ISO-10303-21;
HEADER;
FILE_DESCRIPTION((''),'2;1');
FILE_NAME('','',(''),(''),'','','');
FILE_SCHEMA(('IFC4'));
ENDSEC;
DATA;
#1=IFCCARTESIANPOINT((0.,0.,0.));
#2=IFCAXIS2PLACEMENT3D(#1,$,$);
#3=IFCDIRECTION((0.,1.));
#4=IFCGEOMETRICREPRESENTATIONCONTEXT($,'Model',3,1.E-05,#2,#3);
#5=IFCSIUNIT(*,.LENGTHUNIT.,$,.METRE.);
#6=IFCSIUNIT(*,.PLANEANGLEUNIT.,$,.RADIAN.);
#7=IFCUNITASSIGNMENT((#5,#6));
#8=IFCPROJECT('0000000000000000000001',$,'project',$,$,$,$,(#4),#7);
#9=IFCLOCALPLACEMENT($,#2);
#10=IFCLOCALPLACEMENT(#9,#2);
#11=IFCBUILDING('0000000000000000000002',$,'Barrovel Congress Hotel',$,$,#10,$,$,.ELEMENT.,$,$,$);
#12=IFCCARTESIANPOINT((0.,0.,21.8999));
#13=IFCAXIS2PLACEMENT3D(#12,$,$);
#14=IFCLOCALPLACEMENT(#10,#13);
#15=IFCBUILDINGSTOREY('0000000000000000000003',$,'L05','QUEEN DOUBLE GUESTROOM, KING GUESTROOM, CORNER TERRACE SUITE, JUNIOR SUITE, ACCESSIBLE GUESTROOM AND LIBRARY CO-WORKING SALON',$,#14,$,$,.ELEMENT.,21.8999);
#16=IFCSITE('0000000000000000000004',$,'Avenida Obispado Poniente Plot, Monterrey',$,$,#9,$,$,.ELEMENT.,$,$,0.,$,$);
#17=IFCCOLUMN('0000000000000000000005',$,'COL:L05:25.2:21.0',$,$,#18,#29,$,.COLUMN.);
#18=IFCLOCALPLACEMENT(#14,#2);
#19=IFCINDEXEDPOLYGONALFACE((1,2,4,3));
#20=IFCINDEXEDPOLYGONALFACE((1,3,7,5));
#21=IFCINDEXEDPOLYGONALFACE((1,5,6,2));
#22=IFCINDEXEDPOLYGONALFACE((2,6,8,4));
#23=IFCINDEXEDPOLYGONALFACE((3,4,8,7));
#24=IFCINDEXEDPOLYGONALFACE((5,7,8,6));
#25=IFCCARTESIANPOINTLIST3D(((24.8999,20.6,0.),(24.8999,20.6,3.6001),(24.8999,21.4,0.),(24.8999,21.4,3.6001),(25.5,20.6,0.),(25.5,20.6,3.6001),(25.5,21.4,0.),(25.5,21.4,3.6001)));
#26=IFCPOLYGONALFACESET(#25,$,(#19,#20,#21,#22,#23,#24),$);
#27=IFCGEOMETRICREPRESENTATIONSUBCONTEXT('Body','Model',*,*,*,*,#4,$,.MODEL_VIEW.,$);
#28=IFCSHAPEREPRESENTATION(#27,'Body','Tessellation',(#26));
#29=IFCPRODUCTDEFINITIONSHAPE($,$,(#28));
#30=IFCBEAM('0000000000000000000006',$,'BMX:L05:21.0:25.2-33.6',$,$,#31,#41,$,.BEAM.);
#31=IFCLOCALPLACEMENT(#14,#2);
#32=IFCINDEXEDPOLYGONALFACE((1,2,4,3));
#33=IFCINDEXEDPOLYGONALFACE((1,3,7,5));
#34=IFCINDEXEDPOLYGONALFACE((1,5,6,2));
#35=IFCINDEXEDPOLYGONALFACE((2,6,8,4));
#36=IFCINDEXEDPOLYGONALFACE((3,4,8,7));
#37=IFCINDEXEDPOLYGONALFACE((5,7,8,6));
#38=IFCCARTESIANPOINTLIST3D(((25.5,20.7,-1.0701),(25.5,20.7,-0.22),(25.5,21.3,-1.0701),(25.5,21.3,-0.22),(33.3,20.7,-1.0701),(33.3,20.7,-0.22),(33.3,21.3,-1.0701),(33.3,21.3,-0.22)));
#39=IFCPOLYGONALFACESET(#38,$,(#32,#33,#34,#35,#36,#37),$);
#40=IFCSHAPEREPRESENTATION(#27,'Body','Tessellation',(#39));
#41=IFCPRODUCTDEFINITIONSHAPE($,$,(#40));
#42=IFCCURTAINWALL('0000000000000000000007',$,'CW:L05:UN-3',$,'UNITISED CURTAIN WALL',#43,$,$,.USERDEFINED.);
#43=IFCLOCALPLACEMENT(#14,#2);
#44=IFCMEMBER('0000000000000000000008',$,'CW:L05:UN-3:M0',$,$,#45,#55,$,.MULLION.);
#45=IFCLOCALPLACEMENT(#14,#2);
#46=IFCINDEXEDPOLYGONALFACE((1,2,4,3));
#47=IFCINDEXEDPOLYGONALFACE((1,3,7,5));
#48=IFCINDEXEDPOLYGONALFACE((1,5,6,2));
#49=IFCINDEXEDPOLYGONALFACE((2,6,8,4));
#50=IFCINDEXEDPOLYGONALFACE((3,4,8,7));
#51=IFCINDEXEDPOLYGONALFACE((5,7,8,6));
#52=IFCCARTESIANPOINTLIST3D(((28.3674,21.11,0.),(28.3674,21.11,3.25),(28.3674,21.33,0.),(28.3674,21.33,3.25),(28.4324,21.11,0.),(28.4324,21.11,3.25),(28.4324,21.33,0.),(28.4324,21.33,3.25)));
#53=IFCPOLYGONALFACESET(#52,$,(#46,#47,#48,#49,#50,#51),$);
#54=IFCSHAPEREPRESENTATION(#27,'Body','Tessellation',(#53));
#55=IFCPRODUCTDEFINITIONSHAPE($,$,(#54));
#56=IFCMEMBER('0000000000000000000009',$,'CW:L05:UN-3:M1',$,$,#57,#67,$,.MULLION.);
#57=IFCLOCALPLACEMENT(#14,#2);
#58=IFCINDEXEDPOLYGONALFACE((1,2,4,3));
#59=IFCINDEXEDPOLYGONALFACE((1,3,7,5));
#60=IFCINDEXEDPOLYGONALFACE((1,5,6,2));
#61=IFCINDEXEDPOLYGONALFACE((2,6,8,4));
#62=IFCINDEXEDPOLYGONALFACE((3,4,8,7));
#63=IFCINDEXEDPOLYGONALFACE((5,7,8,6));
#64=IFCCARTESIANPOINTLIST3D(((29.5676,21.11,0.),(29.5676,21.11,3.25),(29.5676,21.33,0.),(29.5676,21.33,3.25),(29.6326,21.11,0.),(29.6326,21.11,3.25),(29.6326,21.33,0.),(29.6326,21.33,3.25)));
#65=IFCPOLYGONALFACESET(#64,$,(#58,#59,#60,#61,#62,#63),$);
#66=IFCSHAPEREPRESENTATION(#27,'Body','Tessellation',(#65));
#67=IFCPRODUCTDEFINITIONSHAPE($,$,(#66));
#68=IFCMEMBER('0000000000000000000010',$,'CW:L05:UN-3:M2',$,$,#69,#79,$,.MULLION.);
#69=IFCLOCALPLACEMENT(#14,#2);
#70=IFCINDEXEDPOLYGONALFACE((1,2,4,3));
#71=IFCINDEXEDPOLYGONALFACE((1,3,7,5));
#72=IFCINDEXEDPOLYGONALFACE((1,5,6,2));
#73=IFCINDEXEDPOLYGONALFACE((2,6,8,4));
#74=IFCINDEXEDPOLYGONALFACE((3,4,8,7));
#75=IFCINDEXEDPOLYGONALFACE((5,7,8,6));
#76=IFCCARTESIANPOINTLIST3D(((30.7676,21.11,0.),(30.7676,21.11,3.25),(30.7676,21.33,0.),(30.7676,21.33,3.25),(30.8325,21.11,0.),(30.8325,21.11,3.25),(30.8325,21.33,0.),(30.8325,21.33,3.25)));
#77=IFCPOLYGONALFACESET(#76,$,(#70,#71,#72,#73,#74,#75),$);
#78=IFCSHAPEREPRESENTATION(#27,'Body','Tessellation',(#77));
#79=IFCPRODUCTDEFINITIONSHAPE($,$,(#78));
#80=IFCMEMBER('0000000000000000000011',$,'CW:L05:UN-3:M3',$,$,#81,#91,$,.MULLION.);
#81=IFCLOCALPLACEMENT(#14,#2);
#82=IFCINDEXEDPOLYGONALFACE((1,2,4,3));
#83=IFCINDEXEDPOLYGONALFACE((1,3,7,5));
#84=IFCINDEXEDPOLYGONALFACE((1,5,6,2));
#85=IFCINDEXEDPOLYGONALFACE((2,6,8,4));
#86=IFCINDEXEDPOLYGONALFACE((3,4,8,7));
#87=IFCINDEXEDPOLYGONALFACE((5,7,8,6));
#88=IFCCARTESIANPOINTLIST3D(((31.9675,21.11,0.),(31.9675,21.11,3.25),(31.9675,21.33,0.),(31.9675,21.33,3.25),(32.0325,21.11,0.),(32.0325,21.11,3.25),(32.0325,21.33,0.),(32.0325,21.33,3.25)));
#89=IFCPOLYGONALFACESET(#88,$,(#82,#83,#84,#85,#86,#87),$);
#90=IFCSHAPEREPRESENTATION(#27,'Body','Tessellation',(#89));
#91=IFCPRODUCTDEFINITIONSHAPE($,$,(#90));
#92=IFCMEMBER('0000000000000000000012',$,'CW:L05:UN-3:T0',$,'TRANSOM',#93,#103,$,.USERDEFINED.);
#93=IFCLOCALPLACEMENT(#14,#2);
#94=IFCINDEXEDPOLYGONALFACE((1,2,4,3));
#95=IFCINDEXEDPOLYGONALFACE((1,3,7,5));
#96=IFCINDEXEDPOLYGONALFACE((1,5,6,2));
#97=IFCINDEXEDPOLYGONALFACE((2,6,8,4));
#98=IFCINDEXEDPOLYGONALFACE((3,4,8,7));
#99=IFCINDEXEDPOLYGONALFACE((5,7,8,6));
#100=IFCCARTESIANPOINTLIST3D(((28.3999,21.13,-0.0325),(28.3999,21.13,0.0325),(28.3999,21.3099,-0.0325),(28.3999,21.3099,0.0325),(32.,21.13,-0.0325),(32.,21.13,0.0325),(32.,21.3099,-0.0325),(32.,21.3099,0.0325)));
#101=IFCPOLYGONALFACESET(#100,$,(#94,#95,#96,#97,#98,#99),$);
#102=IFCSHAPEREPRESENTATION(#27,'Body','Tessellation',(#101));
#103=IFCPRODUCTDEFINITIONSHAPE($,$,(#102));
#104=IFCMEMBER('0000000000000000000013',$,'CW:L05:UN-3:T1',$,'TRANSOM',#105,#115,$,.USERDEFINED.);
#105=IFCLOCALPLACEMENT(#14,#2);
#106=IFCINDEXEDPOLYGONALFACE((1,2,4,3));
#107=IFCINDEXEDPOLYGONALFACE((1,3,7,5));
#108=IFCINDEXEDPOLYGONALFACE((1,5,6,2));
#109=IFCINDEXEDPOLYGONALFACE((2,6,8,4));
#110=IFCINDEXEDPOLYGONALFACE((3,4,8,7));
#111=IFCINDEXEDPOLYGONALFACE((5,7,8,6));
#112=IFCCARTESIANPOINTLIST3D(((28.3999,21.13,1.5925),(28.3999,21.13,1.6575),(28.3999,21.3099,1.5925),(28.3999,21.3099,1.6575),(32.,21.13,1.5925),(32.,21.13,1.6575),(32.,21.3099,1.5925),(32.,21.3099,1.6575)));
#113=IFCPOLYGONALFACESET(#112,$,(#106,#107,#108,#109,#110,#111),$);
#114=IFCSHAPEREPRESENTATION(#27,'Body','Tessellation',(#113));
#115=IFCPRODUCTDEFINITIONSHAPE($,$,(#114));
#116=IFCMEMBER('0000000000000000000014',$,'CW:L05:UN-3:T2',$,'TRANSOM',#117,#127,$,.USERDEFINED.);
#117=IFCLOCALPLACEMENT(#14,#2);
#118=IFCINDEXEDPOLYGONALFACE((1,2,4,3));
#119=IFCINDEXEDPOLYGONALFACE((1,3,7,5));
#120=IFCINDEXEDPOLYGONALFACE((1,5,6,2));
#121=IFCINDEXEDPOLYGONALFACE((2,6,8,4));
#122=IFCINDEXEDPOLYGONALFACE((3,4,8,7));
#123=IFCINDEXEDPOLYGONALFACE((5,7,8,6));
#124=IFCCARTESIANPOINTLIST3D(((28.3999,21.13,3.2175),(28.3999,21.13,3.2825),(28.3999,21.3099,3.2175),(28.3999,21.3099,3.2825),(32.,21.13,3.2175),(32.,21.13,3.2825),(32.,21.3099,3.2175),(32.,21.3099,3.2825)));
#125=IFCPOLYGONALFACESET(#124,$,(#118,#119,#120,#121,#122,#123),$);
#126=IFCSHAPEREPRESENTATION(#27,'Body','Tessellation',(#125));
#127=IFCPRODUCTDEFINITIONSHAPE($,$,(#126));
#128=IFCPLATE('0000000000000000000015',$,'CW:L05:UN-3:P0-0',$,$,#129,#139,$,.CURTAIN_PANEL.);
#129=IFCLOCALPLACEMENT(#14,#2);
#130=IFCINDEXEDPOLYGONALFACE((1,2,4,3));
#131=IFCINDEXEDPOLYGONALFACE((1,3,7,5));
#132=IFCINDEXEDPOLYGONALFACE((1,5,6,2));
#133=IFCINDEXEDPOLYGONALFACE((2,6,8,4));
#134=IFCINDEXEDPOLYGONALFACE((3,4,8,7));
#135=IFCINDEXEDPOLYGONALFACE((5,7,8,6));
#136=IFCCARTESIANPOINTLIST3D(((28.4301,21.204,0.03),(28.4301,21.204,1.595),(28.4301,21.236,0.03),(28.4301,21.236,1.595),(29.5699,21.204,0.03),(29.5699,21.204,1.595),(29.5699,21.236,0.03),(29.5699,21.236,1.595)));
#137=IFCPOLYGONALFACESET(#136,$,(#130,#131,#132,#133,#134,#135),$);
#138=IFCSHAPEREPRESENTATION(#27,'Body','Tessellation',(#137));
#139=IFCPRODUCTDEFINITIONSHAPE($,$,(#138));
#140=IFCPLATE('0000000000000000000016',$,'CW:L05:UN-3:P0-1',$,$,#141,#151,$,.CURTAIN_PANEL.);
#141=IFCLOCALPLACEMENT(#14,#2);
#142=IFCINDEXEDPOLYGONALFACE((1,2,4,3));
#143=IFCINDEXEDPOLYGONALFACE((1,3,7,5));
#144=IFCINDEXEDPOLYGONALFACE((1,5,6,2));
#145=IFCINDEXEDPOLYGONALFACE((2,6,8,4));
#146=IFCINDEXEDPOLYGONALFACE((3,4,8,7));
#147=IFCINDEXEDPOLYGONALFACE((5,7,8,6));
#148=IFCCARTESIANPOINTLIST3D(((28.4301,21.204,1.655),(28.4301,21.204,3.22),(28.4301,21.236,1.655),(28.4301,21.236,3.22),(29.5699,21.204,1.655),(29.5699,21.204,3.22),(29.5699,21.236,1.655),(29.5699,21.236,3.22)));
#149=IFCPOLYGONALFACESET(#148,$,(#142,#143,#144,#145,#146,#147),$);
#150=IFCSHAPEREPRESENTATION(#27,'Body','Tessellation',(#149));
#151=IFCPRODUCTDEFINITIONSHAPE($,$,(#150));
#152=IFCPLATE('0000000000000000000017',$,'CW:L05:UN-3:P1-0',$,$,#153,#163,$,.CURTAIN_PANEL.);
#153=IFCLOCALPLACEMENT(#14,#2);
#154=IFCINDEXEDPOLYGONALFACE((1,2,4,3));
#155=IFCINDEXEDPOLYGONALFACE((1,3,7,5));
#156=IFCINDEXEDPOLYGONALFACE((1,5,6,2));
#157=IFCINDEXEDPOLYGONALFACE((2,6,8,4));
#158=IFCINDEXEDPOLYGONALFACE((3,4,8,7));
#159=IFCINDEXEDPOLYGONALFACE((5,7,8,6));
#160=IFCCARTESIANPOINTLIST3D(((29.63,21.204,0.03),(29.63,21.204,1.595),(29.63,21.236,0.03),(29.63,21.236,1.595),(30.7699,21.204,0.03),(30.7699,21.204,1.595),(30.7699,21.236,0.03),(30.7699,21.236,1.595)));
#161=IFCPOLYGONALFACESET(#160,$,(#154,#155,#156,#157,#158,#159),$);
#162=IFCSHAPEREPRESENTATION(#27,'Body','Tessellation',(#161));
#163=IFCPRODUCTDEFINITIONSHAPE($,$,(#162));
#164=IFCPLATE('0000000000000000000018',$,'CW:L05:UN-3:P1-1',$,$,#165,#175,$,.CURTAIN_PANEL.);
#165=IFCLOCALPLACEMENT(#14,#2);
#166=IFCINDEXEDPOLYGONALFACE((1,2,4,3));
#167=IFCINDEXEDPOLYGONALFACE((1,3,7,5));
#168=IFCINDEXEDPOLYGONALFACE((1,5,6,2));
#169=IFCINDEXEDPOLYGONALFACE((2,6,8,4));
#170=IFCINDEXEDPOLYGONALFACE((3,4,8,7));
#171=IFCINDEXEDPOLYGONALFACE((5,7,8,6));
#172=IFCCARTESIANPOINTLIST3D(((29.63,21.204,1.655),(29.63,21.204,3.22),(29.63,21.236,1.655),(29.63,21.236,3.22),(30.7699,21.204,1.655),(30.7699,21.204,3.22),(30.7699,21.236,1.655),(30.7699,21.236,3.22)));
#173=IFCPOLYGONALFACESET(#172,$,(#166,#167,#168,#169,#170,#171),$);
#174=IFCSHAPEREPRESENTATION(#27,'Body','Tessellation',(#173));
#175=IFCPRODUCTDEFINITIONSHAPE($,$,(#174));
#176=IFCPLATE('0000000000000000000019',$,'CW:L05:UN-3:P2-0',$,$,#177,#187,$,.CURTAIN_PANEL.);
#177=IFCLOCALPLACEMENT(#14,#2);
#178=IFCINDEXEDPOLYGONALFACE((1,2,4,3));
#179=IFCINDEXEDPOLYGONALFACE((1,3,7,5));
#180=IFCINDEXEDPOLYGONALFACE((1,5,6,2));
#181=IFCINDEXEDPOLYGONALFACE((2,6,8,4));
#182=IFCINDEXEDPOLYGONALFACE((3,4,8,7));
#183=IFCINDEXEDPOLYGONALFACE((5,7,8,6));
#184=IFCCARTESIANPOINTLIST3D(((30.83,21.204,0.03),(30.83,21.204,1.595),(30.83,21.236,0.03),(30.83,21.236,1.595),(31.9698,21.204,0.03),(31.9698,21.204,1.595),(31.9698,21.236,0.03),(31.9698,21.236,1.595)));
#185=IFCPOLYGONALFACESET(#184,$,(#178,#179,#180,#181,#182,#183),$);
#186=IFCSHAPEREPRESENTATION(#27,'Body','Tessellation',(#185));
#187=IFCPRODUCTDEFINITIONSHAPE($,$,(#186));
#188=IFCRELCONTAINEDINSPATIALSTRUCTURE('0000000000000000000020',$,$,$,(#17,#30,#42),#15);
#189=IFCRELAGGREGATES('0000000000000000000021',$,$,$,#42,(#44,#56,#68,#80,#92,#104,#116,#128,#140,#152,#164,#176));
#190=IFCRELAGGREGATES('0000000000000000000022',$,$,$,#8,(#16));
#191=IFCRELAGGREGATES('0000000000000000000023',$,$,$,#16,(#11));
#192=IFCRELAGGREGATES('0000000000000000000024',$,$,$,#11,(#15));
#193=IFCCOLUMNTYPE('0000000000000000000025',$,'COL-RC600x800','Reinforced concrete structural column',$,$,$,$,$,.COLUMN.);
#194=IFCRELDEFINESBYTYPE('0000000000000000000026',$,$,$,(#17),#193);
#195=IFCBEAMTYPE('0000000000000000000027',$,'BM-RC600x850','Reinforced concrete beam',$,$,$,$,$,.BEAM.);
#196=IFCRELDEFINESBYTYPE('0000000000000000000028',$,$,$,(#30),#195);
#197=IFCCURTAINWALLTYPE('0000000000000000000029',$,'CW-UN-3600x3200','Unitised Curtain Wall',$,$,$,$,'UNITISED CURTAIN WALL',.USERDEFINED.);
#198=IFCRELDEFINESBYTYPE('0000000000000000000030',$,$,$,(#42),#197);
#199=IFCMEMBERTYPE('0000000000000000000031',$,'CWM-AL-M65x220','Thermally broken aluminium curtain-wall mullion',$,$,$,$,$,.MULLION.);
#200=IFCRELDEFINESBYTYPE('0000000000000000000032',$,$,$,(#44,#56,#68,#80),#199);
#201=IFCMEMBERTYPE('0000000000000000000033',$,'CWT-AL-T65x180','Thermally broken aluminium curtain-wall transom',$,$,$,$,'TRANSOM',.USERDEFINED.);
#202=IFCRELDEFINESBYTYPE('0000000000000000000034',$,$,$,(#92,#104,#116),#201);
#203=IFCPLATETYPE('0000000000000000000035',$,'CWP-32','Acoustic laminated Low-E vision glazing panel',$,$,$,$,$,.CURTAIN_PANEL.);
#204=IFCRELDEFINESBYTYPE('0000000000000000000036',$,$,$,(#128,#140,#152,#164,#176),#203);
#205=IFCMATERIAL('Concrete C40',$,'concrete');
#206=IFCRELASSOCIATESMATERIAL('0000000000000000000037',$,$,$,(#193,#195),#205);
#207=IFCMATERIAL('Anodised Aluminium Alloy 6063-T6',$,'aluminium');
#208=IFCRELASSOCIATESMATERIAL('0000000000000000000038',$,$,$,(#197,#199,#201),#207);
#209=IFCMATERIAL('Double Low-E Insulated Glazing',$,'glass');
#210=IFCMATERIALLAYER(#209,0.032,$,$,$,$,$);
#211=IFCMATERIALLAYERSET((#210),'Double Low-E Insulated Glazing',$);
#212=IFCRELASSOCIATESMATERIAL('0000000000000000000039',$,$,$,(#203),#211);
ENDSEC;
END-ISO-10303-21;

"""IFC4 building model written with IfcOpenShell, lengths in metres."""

from ifc_helpers import new_model, si_unit, direction, frame, origin, origin_2d, place, context, subcontext, project, spatial, rectangle, extrude, material, layer, layer_set, material_profile, profile_set, type_object, element, aggregate, save


model = new_model("IFC4")

# Units and contexts
model_context = context("Model", 3, precision=1e-05, world=origin(), true_north=direction((0.0, 1.0)))
body_context = subcontext(model_context, "Body", "Model", "MODEL_VIEW")
ifc_project = project(units=[si_unit("LENGTHUNIT", "METRE"), si_unit("PLANEANGLEUNIT", "RADIAN")], contexts=[model_context])

# Site, building, storey
site_placement = place(None, origin())
site = spatial("IfcSite", under=ifc_project, at=site_placement, Name="Avenida Obispado Poniente Plot, Monterrey", CompositionType="ELEMENT", RefElevation=0.0)
building_placement = place(site_placement, origin())
building = spatial("IfcBuilding", under=site, at=building_placement, Name="Barrovel Congress Hotel", CompositionType="ELEMENT")
storey_placement = place(building_placement, frame((0.0, 0.0, 21.8999)))
storey = spatial("IfcBuildingStorey", under=building, at=storey_placement, Name="L05", Description="QUEEN DOUBLE GUESTROOM, KING GUESTROOM, CORNER TERRACE SUITE, JUNIOR SUITE, ACCESSIBLE GUESTROOM AND LIBRARY CO-WORKING SALON", CompositionType="ELEMENT", Elevation=21.8999)

# Column
ifc_material_1 = material(Name="Concrete C40", Category="concrete")
ifc_material_profile_1 = material_profile(ifc_material_1, rectangle(XDim=0.6001, YDim=0.8, at=origin_2d()), Name="RC600x800")
ifc_profile_set_1 = profile_set([ifc_material_profile_1], Name="Concrete C40")
column_type = type_object("IfcColumnType", Name="COL-RC600x800", Description="Reinforced concrete structural column", PredefinedType="COLUMN", material=ifc_profile_set_1)
column_placement = place(storey_placement, frame((25.2, 21.0, 0.0), z_axis=(0.0, 0.0, 1.0), x_axis=(1.0, 0.0, 0.0)))
element("IfcColumn", 1, at=column_placement, inside=storey, type_object=column_type, Name="COL:L05:25.2:21.0", PredefinedType="COLUMN", context=body_context, shape_type="SweptSolid", body=[
    extrude(rectangle(XDim=0.6001, YDim=0.8, at=origin_2d()), origin(), (0.0, 0.0, 1.0), 3.6001),
])

# Beam
ifc_material_profile_2 = material_profile(ifc_material_1, rectangle(XDim=0.6001, YDim=0.8501, at=origin_2d()), Name="RC600x850")
ifc_profile_set_2 = profile_set([ifc_material_profile_2], Name="Concrete C40")
beam_type = type_object("IfcBeamType", Name="BM-RC600x850", Description="Reinforced concrete beam", PredefinedType="BEAM", material=ifc_profile_set_2)
beam_placement = place(storey_placement, frame((25.5, 21.0, -0.645), z_axis=(1.0, 0.0, 0.0), x_axis=(0.0, 1.0, 0.0)))
element("IfcBeam", 2, at=beam_placement, inside=storey, type_object=beam_type, Name="BMX:L05:21.0:25.2-33.6", PredefinedType="BEAM", context=body_context, shape_type="SweptSolid", body=[
    extrude(rectangle(XDim=0.6001, YDim=0.8501, at=origin_2d()), origin(), (0.0, 0.0, 1.0), 7.8),
])

# Curtain wall, members, plates
ifc_material_2 = material(Name="Anodised Aluminium Alloy 6063-T6", Category="aluminium")
curtain_wall_type = type_object("IfcCurtainWallType", Name="CW-UN-3600x3200", Description="Unitised Curtain Wall", ElementType="UNITISED CURTAIN WALL", PredefinedType="USERDEFINED", material=ifc_material_2)
curtain_wall_placement = place(storey_placement, origin())
curtain_wall = element("IfcCurtainWall", 3, at=curtain_wall_placement, inside=storey, type_object=curtain_wall_type, Name="CW:L05:UN-3", ObjectType="UNITISED CURTAIN WALL", PredefinedType="USERDEFINED")
ifc_material_profile_3 = material_profile(ifc_material_2, rectangle(XDim=0.0649, YDim=0.22, at=origin_2d()), Name="AL-M65x220")
ifc_profile_set_3 = profile_set([ifc_material_profile_3], Name="Anodised Aluminium Alloy 6063-T6")
member_type_1 = type_object("IfcMemberType", Name="CWM-AL-M65x220", Description="Thermally broken aluminium curtain-wall mullion", PredefinedType="MULLION", material=ifc_profile_set_3)
member_1_placement = place(storey_placement, frame((28.3999, 21.22, 0.0), z_axis=(0.0, 0.0, 1.0), x_axis=(1.0, 0.0, 0.0)))
member_1 = element("IfcMember", 4, at=member_1_placement, type_object=member_type_1, Name="CW:L05:UN-3:M0", PredefinedType="MULLION", context=body_context, shape_type="SweptSolid", body=[
    extrude(rectangle(XDim=0.0649, YDim=0.22, at=origin_2d()), origin(), (0.0, 0.0, 1.0), 3.25),
])
member_2_placement = place(storey_placement, frame((29.6001, 21.22, 0.0), z_axis=(0.0, 0.0, 1.0), x_axis=(1.0, 0.0, 0.0)))
member_2 = element("IfcMember", 5, at=member_2_placement, type_object=member_type_1, Name="CW:L05:UN-3:M1", PredefinedType="MULLION", context=body_context, shape_type="SweptSolid", body=[
    extrude(rectangle(XDim=0.0649, YDim=0.22, at=origin_2d()), origin(), (0.0, 0.0, 1.0), 3.25),
])
member_3_placement = place(storey_placement, frame((30.8, 21.22, 0.0), z_axis=(0.0, 0.0, 1.0), x_axis=(1.0, 0.0, 0.0)))
member_3 = element("IfcMember", 6, at=member_3_placement, type_object=member_type_1, Name="CW:L05:UN-3:M2", PredefinedType="MULLION", context=body_context, shape_type="SweptSolid", body=[
    extrude(rectangle(XDim=0.0649, YDim=0.22, at=origin_2d()), origin(), (0.0, 0.0, 1.0), 3.25),
])
member_4_placement = place(storey_placement, frame((32.0, 21.22, 0.0), z_axis=(0.0, 0.0, 1.0), x_axis=(1.0, 0.0, 0.0)))
member_4 = element("IfcMember", 7, at=member_4_placement, type_object=member_type_1, Name="CW:L05:UN-3:M3", PredefinedType="MULLION", context=body_context, shape_type="SweptSolid", body=[
    extrude(rectangle(XDim=0.0649, YDim=0.22, at=origin_2d()), origin(), (0.0, 0.0, 1.0), 3.25),
])
ifc_material_profile_4 = material_profile(ifc_material_2, rectangle(XDim=0.1799, YDim=0.0649, at=origin_2d()), Name="AL-T65x180")
ifc_profile_set_4 = profile_set([ifc_material_profile_4], Name="Anodised Aluminium Alloy 6063-T6")
member_type_2 = type_object("IfcMemberType", Name="CWT-AL-T65x180", Description="Thermally broken aluminium curtain-wall transom", ElementType="TRANSOM", PredefinedType="USERDEFINED", material=ifc_profile_set_4)
member_5_placement = place(storey_placement, frame((28.3999, 21.22, 0.0), z_axis=(1.0, 0.0, 0.0), x_axis=(0.0, 1.0, 0.0)))
member_5 = element("IfcMember", 8, at=member_5_placement, type_object=member_type_2, Name="CW:L05:UN-3:T0", ObjectType="TRANSOM", PredefinedType="USERDEFINED", context=body_context, shape_type="SweptSolid", body=[
    extrude(rectangle(XDim=0.1799, YDim=0.0649, at=origin_2d()), origin(), (0.0, 0.0, 1.0), 3.6001),
])
member_6_placement = place(storey_placement, frame((28.3999, 21.22, 1.625), z_axis=(1.0, 0.0, 0.0), x_axis=(0.0, 1.0, 0.0)))
member_6 = element("IfcMember", 9, at=member_6_placement, type_object=member_type_2, Name="CW:L05:UN-3:T1", ObjectType="TRANSOM", PredefinedType="USERDEFINED", context=body_context, shape_type="SweptSolid", body=[
    extrude(rectangle(XDim=0.1799, YDim=0.0649, at=origin_2d()), origin(), (0.0, 0.0, 1.0), 3.6001),
])
member_7_placement = place(storey_placement, frame((28.3999, 21.22, 3.25), z_axis=(1.0, 0.0, 0.0), x_axis=(0.0, 1.0, 0.0)))
member_7 = element("IfcMember", 10, at=member_7_placement, type_object=member_type_2, Name="CW:L05:UN-3:T2", ObjectType="TRANSOM", PredefinedType="USERDEFINED", context=body_context, shape_type="SweptSolid", body=[
    extrude(rectangle(XDim=0.1799, YDim=0.0649, at=origin_2d()), origin(), (0.0, 0.0, 1.0), 3.6001),
])
ifc_material_3 = material(Name="Double Low-E Insulated Glazing", Category="glass")
ifc_layer_1 = layer(ifc_material_3, 0.032)
ifc_layer_set_1 = layer_set([ifc_layer_1], Name="Double Low-E Insulated Glazing")
plate_type = type_object("IfcPlateType", Name="CWP-32", Description="Acoustic laminated Low-E vision glazing panel", PredefinedType="CURTAIN_PANEL", material=ifc_layer_set_1)
plate_1_placement = place(storey_placement, frame((29.0, 21.22, 0.03), z_axis=(0.0, 0.0, 1.0), x_axis=(1.0, 0.0, 0.0)))
plate_1 = element("IfcPlate", 11, at=plate_1_placement, type_object=plate_type, Name="CW:L05:UN-3:P0-0", PredefinedType="CURTAIN_PANEL", context=body_context, shape_type="SweptSolid", body=[
    extrude(rectangle(XDim=1.1399, YDim=0.032, at=origin_2d()), origin(), (0.0, 0.0, 1.0), 1.5649),
])
plate_2_placement = place(storey_placement, frame((29.0, 21.22, 1.655), z_axis=(0.0, 0.0, 1.0), x_axis=(1.0, 0.0, 0.0)))
plate_2 = element("IfcPlate", 12, at=plate_2_placement, type_object=plate_type, Name="CW:L05:UN-3:P0-1", PredefinedType="CURTAIN_PANEL", context=body_context, shape_type="SweptSolid", body=[
    extrude(rectangle(XDim=1.1399, YDim=0.032, at=origin_2d()), origin(), (0.0, 0.0, 1.0), 1.5649),
])
plate_3_placement = place(storey_placement, frame((30.2, 21.22, 0.03), z_axis=(0.0, 0.0, 1.0), x_axis=(1.0, 0.0, 0.0)))
plate_3 = element("IfcPlate", 13, at=plate_3_placement, type_object=plate_type, Name="CW:L05:UN-3:P1-0", PredefinedType="CURTAIN_PANEL", context=body_context, shape_type="SweptSolid", body=[
    extrude(rectangle(XDim=1.1399, YDim=0.032, at=origin_2d()), origin(), (0.0, 0.0, 1.0), 1.5649),
])
plate_4_placement = place(storey_placement, frame((30.2, 21.22, 1.655), z_axis=(0.0, 0.0, 1.0), x_axis=(1.0, 0.0, 0.0)))
plate_4 = element("IfcPlate", 14, at=plate_4_placement, type_object=plate_type, Name="CW:L05:UN-3:P1-1", PredefinedType="CURTAIN_PANEL", context=body_context, shape_type="SweptSolid", body=[
    extrude(rectangle(XDim=1.1399, YDim=0.032, at=origin_2d()), origin(), (0.0, 0.0, 1.0), 1.5649),
])
plate_5_placement = place(storey_placement, frame((31.3999, 21.22, 0.03), z_axis=(0.0, 0.0, 1.0), x_axis=(1.0, 0.0, 0.0)))
plate_5 = element("IfcPlate", 15, at=plate_5_placement, type_object=plate_type, Name="CW:L05:UN-3:P2-0", PredefinedType="CURTAIN_PANEL", context=body_context, shape_type="SweptSolid", body=[
    extrude(rectangle(XDim=1.1399, YDim=0.032, at=origin_2d()), origin(), (0.0, 0.0, 1.0), 1.5649),
])
aggregate(curtain_wall, [member_1, member_2, member_3, member_4, member_5, member_6, member_7, plate_1, plate_2, plate_3, plate_4, plate_5])

save(model, "model.ifc")
